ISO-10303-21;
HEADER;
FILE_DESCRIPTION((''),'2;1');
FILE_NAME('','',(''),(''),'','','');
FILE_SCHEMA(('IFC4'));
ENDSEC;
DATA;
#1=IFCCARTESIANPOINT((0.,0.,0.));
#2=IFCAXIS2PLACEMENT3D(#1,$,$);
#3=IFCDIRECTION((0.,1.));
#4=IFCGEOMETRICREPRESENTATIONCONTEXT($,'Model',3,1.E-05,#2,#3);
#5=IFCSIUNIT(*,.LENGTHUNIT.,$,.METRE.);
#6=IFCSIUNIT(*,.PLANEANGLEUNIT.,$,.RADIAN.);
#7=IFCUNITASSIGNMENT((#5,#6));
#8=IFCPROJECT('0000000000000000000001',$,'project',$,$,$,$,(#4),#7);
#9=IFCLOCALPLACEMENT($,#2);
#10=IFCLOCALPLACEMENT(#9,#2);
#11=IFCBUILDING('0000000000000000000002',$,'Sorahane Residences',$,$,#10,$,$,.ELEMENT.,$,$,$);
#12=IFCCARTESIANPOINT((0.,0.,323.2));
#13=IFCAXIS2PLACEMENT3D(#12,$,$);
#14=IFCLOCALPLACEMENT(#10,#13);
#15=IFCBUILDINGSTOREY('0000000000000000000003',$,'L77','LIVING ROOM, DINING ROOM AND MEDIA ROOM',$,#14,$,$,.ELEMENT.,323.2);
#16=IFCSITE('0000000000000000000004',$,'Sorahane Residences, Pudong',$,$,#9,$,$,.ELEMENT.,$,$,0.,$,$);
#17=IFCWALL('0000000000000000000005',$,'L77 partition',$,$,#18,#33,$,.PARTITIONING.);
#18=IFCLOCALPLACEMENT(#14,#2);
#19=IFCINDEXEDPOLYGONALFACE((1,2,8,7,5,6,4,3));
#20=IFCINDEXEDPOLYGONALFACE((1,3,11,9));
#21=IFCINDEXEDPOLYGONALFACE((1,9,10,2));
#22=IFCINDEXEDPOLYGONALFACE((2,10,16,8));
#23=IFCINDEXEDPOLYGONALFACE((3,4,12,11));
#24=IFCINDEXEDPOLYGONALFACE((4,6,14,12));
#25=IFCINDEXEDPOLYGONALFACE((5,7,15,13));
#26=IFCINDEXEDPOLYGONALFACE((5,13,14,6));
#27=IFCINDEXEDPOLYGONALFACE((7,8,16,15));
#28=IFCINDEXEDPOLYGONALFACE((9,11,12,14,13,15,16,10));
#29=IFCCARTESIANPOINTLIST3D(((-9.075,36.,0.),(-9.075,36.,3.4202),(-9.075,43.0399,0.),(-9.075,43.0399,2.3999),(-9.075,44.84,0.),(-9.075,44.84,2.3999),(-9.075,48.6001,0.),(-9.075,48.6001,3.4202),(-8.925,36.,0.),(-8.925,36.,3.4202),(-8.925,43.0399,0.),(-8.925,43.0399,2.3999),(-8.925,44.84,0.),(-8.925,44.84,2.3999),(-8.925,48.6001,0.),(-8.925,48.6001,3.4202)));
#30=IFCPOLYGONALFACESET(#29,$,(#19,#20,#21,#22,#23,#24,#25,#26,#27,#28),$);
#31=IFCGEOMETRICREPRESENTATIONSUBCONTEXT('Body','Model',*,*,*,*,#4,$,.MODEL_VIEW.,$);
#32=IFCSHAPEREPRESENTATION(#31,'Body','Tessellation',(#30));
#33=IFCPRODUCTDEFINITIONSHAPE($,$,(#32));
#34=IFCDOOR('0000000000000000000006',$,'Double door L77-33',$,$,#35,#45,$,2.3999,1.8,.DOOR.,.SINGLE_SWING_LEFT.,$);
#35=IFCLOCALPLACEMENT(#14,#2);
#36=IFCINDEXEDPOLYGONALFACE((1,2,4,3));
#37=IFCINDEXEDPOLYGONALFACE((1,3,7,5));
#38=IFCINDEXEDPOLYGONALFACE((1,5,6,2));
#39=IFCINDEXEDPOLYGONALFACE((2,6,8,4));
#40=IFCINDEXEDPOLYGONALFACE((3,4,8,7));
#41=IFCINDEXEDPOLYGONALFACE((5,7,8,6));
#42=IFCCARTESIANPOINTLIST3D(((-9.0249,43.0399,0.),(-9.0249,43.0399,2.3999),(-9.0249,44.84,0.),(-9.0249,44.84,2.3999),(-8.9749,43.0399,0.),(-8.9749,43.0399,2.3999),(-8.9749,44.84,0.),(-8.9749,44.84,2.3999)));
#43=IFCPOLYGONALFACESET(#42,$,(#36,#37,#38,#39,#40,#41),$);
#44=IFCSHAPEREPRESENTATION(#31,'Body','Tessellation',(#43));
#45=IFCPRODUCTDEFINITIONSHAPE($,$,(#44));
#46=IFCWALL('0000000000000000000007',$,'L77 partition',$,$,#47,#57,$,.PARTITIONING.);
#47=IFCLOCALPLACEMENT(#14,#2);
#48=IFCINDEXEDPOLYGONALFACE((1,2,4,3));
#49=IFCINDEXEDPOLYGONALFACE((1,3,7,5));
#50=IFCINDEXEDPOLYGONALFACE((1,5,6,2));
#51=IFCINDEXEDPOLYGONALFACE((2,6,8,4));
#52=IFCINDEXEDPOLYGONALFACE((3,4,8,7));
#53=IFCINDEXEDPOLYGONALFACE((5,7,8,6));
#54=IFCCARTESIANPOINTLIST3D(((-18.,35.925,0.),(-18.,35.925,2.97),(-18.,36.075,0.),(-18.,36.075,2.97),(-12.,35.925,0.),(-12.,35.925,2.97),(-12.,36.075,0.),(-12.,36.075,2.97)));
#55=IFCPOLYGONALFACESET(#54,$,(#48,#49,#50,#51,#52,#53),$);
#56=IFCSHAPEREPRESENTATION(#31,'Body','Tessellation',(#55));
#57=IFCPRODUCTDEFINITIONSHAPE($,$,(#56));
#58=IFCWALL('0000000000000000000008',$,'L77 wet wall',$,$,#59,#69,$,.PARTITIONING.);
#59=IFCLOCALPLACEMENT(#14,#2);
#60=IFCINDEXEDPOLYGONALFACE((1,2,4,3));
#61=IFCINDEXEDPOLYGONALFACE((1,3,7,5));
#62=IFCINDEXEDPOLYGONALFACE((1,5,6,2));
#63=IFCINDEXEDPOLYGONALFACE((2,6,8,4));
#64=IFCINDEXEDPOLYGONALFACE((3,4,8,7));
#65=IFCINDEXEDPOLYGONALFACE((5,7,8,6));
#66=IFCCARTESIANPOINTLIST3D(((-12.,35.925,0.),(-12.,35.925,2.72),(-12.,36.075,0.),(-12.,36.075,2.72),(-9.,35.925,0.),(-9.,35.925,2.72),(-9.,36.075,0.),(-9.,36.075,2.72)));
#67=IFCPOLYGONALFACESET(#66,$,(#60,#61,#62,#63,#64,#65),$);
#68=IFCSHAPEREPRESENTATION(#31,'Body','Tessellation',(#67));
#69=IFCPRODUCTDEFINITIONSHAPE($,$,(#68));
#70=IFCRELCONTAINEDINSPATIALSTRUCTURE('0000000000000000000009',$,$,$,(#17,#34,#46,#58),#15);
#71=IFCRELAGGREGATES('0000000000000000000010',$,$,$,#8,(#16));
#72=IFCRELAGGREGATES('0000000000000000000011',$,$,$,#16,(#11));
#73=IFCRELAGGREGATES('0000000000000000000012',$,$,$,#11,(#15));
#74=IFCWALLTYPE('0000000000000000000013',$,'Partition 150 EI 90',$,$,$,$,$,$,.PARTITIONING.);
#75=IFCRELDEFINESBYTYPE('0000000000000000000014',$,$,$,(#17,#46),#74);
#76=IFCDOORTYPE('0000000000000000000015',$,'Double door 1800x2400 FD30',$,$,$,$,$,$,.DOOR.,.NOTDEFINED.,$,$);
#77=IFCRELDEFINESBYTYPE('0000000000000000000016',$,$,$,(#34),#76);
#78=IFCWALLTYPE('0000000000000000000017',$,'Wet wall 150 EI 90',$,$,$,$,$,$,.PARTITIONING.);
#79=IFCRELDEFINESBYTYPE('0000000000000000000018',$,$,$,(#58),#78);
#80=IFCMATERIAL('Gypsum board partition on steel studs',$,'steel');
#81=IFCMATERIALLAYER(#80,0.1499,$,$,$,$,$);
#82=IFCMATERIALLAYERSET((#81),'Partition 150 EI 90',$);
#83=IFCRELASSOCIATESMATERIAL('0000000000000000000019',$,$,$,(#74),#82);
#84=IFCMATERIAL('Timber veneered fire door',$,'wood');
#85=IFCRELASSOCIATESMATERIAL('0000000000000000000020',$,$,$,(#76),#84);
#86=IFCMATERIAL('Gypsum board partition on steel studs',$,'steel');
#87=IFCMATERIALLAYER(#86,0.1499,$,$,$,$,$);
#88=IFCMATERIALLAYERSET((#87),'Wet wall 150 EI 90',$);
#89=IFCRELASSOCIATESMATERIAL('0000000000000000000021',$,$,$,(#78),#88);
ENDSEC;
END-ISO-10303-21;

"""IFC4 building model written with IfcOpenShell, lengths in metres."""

from ifc_helpers import new_model, si_unit, direction, frame, frame_2d, origin, place, context, subcontext, project, spatial, rectangle, extrude, material, layer, layer_set, type_object, element, fill, save


model = new_model("IFC4")

# Units and contexts
model_context = context("Model", 3, precision=1e-05, world=origin(), true_north=direction((0.0, 1.0)))
body_context = subcontext(model_context, "Body", "Model", "MODEL_VIEW")
ifc_project = project(units=[si_unit("LENGTHUNIT", "METRE"), si_unit("PLANEANGLEUNIT", "RADIAN")], contexts=[model_context])

# Site, building, storey
site_placement = place(None, origin())
site = spatial("IfcSite", under=ifc_project, at=site_placement, Name="Sorahane Residences, Pudong", CompositionType="ELEMENT", RefElevation=0.0)
building_placement = place(site_placement, origin())
building = spatial("IfcBuilding", under=site, at=building_placement, Name="Sorahane Residences", CompositionType="ELEMENT")
storey_placement = place(building_placement, frame((0.0, 0.0, 323.2)))
storey = spatial("IfcBuildingStorey", under=building, at=storey_placement, Name="L77", Description="LIVING ROOM, DINING ROOM AND MEDIA ROOM", CompositionType="ELEMENT", Elevation=323.2)

# Wall, opening, door
ifc_material_1 = material(Name="Gypsum board partition on steel studs", Category="steel")
ifc_layer_1 = layer(ifc_material_1, 0.1499)
ifc_layer_set_1 = layer_set([ifc_layer_1], Name="Partition 150 EI 90")
wall_type_1 = type_object("IfcWallType", Name="Partition 150 EI 90", PredefinedType="PARTITIONING", material=ifc_layer_set_1)
ifc_material_2 = material(Name="Timber veneered fire door", Category="wood")
door_type = type_object("IfcDoorType", Name="Double door 1800x2400 FD30", OperationType="NOTDEFINED", PredefinedType="DOOR", material=ifc_material_2)
wall_1_placement = place(storey_placement, frame((-9.0, 36.0, 0.0), z_axis=(0.0, 0.0, 1.0), x_axis=(0.0, 1.0, 0.0)))
wall_1 = element("IfcWall", 1, at=wall_1_placement, inside=storey, type_object=wall_type_1, Name="L77 partition", PredefinedType="PARTITIONING", context=body_context, shape_type="SweptSolid", body=[
    extrude(rectangle(XDim=12.6001, YDim=0.1499, at=frame_2d((6.3, 0.0))), origin(), (0.0, 0.0, 1.0), 3.4202),
])
opening_1_placement = place(wall_1_placement, frame((7.04, 0.0, 0.0)))
opening_1 = element("IfcOpeningElement", 2, at=opening_1_placement, cuts=wall_1, PredefinedType="OPENING", context=body_context, shape_type="SweptSolid", body=[
    extrude(rectangle(XDim=1.8, YDim=2.3999, at=frame_2d((0.8999, 1.2))), frame((0.0, 0.085, 0.0), z_axis=(0.0, -1.0, 0.0), x_axis=(1.0, 0.0, 0.0)), (0.0, 0.0, 1.0), 0.1699),
])
door_1_placement = place(opening_1_placement, origin())
door_1 = element("IfcDoor", 3, at=door_1_placement, inside=storey, type_object=door_type, Name="Double door L77-33", OperationType="SINGLE_SWING_LEFT", OverallHeight=2.3999, OverallWidth=1.8, PredefinedType="DOOR", context=body_context, shape_type="SweptSolid", body=[
    extrude(rectangle(XDim=1.8, YDim=2.3999, at=frame_2d((0.8999, 1.2))), frame((0.0, 0.0249, 0.0), z_axis=(0.0, -1.0, 0.0), x_axis=(1.0, 0.0, 0.0)), (0.0, 0.0, 1.0), 0.05),
])
fill(opening_1, door_1)

# Walls
wall_2_placement = place(storey_placement, frame((-18.0, 36.0, 0.0), z_axis=(0.0, 0.0, 1.0), x_axis=(1.0, 0.0, 0.0)))
element("IfcWall", 4, at=wall_2_placement, inside=storey, type_object=wall_type_1, Name="L77 partition", PredefinedType="PARTITIONING", context=body_context, shape_type="SweptSolid", body=[
    extrude(rectangle(XDim=6.0, YDim=0.1499, at=frame_2d((3.0, 0.0))), origin(), (0.0, 0.0, 1.0), 2.97),
])
ifc_material_3 = material(Name="Gypsum board partition on steel studs", Category="steel")
ifc_layer_2 = layer(ifc_material_3, 0.1499)
ifc_layer_set_2 = layer_set([ifc_layer_2], Name="Wet wall 150 EI 90")
wall_type_2 = type_object("IfcWallType", Name="Wet wall 150 EI 90", PredefinedType="PARTITIONING", material=ifc_layer_set_2)
wall_3_placement = place(storey_placement, frame((-12.0, 36.0, 0.0), z_axis=(0.0, 0.0, 1.0), x_axis=(1.0, 0.0, 0.0)))
element("IfcWall", 5, at=wall_3_placement, inside=storey, type_object=wall_type_2, Name="L77 wet wall", PredefinedType="PARTITIONING", context=body_context, shape_type="SweptSolid", body=[
    extrude(rectangle(XDim=3.0, YDim=0.1499, at=frame_2d((1.5, 0.0))), origin(), (0.0, 0.0, 1.0), 2.72),
])

save(model, "model.ifc")
